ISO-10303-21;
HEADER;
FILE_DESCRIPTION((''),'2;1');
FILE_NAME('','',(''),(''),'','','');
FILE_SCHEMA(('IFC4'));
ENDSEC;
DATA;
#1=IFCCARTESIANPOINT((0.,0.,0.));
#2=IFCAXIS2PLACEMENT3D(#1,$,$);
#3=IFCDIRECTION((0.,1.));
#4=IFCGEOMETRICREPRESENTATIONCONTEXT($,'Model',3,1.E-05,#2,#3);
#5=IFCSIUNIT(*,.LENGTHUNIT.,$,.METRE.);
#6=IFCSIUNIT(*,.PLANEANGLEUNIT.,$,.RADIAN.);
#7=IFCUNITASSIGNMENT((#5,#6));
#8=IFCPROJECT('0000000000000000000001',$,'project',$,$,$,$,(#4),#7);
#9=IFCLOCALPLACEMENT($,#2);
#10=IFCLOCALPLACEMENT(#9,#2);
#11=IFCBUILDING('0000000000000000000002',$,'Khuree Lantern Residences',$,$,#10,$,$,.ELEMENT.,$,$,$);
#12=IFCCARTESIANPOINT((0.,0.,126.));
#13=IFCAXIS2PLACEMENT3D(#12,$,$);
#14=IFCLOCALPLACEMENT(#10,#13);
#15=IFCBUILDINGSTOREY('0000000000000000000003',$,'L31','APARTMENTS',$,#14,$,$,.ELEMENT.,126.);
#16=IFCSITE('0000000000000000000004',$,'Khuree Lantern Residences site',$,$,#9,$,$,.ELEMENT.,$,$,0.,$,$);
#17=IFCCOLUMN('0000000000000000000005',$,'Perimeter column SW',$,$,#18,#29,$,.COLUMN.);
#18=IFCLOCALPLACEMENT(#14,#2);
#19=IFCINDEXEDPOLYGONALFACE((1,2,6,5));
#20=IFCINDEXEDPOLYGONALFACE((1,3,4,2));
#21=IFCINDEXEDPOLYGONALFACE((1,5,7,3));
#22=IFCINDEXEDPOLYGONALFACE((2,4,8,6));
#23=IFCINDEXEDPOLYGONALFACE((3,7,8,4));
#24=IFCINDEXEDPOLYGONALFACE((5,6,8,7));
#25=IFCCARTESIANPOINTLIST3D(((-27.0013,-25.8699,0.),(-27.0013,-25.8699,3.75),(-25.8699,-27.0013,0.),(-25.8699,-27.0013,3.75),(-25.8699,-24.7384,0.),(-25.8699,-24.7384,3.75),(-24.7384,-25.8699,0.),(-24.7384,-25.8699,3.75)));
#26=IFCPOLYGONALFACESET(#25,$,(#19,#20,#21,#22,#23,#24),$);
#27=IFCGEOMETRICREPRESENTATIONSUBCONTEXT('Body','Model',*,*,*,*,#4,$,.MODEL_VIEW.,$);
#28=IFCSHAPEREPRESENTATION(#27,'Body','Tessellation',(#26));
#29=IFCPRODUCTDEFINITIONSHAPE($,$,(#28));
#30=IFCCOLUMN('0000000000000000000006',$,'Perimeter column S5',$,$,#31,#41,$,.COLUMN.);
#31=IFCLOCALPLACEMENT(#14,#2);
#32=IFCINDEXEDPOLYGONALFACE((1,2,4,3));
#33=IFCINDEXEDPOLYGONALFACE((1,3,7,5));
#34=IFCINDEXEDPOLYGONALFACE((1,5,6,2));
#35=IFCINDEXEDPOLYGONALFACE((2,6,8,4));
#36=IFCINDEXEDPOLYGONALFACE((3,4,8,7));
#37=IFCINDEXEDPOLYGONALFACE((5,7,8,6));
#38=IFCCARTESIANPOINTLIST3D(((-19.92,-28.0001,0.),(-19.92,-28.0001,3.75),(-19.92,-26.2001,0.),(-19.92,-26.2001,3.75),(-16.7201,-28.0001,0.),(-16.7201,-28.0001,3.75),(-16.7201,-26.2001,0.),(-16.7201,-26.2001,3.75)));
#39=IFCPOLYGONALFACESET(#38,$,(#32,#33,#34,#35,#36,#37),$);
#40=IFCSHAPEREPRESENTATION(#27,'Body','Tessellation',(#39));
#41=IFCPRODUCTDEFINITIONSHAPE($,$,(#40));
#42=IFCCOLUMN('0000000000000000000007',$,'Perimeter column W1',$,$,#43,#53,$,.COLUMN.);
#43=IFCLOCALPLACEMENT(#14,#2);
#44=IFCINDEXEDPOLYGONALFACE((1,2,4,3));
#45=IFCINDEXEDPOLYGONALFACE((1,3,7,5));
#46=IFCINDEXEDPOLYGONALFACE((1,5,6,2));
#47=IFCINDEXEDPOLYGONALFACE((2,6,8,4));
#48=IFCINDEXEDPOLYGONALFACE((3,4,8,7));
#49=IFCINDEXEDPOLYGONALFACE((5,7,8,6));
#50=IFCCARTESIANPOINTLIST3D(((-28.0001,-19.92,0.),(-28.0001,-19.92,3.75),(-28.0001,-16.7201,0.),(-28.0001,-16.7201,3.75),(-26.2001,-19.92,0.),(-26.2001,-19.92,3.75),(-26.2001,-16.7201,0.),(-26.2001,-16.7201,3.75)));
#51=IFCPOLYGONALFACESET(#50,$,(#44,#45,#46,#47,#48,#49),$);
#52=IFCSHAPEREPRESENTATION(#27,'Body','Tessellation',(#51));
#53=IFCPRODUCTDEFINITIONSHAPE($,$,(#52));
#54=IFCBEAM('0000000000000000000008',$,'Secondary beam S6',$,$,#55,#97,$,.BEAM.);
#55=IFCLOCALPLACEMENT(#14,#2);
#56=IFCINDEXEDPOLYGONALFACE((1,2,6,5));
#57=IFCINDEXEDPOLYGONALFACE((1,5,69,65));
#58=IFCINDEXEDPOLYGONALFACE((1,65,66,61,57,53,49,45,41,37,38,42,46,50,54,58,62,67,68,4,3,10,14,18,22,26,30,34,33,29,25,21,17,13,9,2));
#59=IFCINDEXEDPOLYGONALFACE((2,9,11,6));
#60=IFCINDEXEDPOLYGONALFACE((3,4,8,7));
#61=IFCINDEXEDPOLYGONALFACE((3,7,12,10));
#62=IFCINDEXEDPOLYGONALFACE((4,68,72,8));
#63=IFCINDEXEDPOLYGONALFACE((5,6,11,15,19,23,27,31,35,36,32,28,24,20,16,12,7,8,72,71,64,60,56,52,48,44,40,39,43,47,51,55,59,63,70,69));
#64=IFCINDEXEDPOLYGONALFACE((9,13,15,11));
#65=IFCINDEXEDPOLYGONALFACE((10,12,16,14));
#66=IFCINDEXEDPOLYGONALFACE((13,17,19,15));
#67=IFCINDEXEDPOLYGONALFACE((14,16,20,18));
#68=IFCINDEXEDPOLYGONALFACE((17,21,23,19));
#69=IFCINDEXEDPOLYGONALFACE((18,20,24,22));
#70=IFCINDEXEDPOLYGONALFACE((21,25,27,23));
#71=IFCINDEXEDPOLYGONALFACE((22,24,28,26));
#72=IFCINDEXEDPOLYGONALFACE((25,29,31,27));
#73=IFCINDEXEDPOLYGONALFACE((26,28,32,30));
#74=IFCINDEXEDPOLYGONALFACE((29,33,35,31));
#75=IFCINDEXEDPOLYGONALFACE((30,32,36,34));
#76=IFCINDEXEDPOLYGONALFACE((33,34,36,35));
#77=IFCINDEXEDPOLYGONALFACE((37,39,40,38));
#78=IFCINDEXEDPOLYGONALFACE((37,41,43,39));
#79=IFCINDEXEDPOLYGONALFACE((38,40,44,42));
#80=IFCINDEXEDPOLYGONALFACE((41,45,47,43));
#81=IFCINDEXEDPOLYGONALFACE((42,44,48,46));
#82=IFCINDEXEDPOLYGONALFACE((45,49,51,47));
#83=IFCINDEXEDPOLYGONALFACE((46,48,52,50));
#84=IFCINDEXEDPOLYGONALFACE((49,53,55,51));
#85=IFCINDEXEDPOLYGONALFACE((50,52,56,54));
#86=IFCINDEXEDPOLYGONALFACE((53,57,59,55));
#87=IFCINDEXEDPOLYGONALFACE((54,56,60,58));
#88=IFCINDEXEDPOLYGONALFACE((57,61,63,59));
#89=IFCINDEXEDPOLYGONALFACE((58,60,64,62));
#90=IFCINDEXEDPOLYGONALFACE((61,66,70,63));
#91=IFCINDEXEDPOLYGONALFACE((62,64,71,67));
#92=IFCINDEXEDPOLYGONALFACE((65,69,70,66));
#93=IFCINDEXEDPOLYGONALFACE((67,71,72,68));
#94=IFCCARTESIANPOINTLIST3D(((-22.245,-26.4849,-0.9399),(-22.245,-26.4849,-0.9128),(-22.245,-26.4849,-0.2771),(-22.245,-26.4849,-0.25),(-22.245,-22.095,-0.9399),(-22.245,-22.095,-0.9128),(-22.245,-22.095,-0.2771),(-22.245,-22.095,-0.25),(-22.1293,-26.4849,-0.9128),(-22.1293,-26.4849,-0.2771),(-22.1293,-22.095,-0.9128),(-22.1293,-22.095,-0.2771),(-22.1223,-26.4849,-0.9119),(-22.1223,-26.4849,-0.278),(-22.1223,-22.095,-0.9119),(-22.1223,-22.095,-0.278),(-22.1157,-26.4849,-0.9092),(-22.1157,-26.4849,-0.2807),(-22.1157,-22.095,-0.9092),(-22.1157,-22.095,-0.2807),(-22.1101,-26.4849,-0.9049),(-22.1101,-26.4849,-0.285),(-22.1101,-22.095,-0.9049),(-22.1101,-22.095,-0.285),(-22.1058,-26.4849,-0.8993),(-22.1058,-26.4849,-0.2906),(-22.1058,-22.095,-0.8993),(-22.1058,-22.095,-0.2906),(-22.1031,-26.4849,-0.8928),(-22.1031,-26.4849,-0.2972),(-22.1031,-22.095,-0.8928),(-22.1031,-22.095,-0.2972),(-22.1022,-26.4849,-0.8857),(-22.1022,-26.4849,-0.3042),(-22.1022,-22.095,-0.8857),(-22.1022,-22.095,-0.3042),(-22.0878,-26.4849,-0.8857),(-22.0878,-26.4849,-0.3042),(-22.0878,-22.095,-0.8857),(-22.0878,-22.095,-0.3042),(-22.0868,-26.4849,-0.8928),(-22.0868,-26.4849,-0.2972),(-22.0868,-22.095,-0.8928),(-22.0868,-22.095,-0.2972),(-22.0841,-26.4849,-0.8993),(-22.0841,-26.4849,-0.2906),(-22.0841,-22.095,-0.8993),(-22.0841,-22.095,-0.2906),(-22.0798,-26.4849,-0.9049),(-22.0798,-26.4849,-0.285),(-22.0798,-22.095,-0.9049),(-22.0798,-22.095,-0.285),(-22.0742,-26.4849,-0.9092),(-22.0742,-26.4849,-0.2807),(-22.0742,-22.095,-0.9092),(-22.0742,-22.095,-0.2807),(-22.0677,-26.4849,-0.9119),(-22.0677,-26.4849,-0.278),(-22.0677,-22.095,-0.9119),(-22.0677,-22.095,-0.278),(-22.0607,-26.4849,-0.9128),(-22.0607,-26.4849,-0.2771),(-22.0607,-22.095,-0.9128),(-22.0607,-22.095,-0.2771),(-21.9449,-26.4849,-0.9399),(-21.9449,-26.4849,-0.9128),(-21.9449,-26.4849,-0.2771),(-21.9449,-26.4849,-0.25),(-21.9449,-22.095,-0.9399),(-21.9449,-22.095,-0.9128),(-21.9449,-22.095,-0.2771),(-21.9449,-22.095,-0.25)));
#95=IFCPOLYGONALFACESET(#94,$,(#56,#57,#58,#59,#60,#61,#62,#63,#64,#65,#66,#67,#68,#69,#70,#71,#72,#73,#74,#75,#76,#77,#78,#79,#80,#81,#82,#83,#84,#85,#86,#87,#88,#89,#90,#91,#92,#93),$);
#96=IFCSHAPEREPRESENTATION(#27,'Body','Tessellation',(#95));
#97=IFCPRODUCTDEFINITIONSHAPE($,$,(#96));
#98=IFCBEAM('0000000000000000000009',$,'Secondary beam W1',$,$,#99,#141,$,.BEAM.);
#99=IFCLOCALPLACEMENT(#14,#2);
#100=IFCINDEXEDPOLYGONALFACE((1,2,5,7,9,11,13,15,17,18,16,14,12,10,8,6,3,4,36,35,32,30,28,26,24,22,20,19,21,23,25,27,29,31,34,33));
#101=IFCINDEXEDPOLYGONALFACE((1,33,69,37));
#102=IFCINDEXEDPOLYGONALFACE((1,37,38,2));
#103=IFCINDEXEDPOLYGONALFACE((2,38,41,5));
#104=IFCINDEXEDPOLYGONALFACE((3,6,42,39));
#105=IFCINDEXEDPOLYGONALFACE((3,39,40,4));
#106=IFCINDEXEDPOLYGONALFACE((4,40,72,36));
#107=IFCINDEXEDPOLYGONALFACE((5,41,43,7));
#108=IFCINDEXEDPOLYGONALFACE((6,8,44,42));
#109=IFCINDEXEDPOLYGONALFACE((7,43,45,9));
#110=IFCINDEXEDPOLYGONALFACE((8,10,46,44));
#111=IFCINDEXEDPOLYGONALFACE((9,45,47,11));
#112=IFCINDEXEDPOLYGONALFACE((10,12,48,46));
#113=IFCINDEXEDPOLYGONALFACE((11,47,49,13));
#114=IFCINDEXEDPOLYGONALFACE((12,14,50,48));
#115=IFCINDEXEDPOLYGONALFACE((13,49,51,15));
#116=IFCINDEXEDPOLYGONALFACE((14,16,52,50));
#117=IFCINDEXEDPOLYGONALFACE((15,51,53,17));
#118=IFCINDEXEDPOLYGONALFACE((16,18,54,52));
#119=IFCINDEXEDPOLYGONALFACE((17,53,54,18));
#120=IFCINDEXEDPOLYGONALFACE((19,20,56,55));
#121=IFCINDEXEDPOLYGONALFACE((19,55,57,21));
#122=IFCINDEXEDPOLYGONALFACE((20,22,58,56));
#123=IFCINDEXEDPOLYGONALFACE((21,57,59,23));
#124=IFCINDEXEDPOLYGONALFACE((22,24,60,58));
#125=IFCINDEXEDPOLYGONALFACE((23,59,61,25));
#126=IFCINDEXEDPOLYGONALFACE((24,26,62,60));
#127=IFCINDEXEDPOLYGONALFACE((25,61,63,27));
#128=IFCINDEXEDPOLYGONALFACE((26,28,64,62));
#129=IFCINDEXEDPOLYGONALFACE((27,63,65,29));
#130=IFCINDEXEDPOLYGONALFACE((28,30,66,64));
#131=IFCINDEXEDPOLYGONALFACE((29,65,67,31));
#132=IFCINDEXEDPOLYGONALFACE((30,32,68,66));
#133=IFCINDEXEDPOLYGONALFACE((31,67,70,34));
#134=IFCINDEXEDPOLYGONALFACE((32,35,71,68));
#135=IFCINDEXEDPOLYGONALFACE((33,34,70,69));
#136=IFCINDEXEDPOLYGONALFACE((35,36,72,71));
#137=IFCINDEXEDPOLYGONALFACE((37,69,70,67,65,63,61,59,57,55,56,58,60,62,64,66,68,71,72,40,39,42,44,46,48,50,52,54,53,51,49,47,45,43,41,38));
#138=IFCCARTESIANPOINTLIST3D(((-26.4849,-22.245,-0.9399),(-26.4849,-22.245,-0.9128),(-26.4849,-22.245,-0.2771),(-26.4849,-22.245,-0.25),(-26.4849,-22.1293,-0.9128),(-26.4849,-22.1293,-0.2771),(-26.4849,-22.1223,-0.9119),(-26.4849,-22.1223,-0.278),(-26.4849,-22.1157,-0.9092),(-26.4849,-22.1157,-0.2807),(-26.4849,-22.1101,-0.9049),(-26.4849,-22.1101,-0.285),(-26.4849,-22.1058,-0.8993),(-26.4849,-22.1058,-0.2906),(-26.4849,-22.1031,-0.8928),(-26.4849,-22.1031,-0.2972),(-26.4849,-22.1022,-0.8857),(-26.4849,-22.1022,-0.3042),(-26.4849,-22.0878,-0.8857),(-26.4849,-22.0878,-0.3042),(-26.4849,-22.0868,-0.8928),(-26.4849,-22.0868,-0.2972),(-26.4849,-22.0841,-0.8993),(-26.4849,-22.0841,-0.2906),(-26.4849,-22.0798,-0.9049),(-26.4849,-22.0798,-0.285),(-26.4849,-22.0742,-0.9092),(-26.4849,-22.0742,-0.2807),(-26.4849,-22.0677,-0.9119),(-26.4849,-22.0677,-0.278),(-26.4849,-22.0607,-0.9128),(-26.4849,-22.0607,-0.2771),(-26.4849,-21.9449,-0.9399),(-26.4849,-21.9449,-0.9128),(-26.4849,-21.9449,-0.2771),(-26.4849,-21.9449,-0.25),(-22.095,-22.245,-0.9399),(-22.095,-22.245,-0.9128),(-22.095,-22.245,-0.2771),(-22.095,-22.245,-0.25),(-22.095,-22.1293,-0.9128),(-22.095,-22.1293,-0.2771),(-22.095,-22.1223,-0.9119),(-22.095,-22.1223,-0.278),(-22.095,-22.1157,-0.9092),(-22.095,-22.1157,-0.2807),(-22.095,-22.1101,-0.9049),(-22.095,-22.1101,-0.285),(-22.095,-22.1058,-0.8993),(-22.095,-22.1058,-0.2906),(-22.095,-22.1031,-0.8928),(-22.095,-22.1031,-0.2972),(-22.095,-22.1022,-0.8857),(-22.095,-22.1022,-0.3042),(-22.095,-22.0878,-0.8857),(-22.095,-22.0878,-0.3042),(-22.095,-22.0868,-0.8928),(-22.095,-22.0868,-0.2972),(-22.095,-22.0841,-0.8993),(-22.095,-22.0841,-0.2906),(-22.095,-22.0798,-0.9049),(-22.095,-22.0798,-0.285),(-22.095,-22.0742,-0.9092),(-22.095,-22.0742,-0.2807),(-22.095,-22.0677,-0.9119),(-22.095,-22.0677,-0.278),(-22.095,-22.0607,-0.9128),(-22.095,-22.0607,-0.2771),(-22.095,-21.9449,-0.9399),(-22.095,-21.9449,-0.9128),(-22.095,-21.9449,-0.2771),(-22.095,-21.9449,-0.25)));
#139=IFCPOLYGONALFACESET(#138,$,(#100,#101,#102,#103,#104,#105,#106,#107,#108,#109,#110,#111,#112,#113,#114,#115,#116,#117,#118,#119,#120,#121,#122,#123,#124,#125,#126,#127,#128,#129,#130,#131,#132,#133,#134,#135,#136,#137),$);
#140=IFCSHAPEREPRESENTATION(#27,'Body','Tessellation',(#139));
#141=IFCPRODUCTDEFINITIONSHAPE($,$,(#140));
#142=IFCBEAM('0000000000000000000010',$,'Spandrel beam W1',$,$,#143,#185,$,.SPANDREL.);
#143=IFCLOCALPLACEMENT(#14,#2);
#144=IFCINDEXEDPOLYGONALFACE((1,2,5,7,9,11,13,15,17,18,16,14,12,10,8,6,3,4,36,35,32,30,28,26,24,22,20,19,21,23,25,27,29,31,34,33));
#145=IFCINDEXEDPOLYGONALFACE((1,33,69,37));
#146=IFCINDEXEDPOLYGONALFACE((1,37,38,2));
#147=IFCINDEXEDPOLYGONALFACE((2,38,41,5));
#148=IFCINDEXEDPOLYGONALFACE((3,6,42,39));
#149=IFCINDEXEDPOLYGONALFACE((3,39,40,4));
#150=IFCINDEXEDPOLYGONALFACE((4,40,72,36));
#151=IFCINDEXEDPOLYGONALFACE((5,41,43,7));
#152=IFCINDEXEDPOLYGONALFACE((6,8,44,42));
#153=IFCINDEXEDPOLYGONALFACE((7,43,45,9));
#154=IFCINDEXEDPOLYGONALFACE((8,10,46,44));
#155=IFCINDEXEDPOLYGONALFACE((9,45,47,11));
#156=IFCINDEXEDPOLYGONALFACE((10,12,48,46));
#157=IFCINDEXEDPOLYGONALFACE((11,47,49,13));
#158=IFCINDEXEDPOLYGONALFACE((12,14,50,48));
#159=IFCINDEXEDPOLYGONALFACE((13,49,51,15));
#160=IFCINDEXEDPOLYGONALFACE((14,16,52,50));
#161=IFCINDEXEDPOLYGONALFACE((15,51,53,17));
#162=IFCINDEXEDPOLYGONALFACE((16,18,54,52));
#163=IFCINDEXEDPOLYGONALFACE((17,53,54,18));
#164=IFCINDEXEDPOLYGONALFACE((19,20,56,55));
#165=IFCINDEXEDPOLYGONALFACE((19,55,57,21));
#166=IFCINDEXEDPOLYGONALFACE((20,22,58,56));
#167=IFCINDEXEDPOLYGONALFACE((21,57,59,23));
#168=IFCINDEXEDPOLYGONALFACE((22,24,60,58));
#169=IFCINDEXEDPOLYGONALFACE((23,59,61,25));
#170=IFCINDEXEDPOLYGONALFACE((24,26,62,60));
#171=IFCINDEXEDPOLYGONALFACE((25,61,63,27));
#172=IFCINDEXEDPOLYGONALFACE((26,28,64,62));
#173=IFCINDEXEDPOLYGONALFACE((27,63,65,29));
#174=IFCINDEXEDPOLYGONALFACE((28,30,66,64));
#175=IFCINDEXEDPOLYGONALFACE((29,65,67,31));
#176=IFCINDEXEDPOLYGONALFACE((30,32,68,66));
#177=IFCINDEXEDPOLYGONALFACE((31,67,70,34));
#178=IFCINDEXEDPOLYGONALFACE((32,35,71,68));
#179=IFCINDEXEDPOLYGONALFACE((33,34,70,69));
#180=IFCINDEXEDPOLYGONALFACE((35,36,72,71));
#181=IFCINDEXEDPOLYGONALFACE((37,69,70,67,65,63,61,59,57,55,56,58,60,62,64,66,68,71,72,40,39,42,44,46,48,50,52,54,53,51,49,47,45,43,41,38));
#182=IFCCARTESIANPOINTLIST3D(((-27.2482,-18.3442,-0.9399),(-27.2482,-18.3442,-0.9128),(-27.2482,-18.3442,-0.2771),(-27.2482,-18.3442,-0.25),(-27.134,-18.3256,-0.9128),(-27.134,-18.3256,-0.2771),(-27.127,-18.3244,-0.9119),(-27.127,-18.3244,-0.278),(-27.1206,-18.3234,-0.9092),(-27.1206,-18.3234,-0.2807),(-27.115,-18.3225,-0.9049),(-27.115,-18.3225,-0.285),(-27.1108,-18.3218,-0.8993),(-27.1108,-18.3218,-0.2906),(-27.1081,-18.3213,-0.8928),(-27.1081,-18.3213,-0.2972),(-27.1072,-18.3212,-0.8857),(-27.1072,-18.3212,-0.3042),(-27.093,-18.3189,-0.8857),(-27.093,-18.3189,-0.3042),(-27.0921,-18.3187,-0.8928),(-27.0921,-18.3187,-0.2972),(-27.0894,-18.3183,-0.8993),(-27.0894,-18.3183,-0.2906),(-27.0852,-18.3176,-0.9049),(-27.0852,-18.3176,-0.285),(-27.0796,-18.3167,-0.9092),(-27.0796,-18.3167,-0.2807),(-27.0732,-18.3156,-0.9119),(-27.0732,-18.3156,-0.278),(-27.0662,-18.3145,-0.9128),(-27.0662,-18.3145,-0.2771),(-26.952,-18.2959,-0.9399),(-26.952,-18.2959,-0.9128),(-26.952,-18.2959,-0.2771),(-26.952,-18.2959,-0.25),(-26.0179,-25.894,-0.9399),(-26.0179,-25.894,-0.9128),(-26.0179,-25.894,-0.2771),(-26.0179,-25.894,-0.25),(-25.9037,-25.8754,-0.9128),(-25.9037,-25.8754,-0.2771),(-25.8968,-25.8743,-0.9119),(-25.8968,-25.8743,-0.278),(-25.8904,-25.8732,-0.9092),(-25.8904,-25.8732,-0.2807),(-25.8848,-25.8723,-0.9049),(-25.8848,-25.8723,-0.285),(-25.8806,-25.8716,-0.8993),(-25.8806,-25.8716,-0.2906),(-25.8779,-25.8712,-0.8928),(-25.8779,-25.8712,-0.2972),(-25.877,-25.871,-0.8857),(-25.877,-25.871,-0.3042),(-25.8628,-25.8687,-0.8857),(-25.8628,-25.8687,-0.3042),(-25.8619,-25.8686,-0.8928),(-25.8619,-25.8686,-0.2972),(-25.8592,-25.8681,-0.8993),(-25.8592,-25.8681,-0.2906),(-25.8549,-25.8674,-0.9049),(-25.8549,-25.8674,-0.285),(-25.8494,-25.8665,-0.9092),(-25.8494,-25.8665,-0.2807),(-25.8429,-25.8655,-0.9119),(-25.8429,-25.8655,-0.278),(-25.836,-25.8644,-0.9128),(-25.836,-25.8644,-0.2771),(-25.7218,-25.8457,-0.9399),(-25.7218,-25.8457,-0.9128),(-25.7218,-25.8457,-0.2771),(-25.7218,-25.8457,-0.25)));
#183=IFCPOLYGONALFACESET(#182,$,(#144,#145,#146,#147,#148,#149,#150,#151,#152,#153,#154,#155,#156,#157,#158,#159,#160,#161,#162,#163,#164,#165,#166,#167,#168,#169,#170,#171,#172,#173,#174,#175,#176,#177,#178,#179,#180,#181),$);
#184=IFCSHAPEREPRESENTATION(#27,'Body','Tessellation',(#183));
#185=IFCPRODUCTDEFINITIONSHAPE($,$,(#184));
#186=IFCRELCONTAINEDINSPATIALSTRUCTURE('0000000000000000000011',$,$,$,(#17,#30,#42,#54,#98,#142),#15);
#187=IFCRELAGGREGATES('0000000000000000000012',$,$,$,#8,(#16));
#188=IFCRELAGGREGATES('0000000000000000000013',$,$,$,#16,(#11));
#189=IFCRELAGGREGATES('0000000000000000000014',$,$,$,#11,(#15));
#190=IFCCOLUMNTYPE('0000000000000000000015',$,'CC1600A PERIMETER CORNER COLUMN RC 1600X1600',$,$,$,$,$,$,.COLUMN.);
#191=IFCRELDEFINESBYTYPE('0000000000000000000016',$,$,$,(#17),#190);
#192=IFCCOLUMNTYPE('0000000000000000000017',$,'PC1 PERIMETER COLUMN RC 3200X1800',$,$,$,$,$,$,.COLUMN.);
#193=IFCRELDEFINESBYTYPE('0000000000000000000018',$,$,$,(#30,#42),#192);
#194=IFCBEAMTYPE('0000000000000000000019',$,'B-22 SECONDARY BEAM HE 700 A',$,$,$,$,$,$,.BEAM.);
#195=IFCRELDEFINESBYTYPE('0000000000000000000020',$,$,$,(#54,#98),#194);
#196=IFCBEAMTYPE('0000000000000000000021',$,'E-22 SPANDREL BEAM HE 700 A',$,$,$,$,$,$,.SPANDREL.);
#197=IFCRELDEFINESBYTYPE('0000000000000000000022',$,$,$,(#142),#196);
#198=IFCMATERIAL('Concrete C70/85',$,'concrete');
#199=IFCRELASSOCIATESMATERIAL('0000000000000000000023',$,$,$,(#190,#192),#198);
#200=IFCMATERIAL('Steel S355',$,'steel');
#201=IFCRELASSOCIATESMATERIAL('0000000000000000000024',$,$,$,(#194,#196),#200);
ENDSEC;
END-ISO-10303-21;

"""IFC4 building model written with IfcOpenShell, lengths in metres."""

from ifc_helpers import new_model, si_unit, direction, frame, origin, origin_2d, place, context, subcontext, project, spatial, rectangle, i_section, extrude, material, material_profile, profile_set, type_object, element, save


model = new_model("IFC4")

# Units and contexts
model_context = context("Model", 3, precision=1e-05, world=origin(), true_north=direction((0.0, 1.0)))
body_context = subcontext(model_context, "Body", "Model", "MODEL_VIEW")
ifc_project = project(units=[si_unit("LENGTHUNIT", "METRE"), si_unit("PLANEANGLEUNIT", "RADIAN")], contexts=[model_context])

# Site, building, storey
site_placement = place(None, origin())
site = spatial("IfcSite", under=ifc_project, at=site_placement, Name="Khuree Lantern Residences site", CompositionType="ELEMENT", RefElevation=0.0)
building_placement = place(site_placement, origin())
building = spatial("IfcBuilding", under=site, at=building_placement, Name="Khuree Lantern Residences", CompositionType="ELEMENT")
storey_placement = place(building_placement, frame((0.0, 0.0, 126.0)))
storey = spatial("IfcBuildingStorey", under=building, at=storey_placement, Name="L31", Description="APARTMENTS", CompositionType="ELEMENT", Elevation=126.0)

# Columns
ifc_material_1 = material(Name="Concrete C70/85", Category="concrete")
ifc_material_profile_1 = material_profile(ifc_material_1, rectangle(XDim=1.6001, YDim=1.6001, at=origin_2d()), Name="RC 1600X1600")
ifc_profile_set_1 = profile_set([ifc_material_profile_1], Name="Concrete C70/85")
column_type_1 = type_object("IfcColumnType", Name="CC1600A PERIMETER CORNER COLUMN RC 1600X1600", PredefinedType="COLUMN", material=ifc_profile_set_1)
column_placement = place(storey_placement, frame((-25.8699, -25.8699, 0.0), z_axis=(0.0, 0.0, 1.0), x_axis=(0.707107, -0.707107, 0.0)))
element("IfcColumn", 1, at=column_placement, inside=storey, type_object=column_type_1, Name="Perimeter column SW", PredefinedType="COLUMN", context=body_context, shape_type="SweptSolid", body=[
    extrude(rectangle(XDim=1.6001, YDim=1.6001, at=origin_2d()), origin(), (0.0, 0.0, 1.0), 3.75),
])
ifc_material_profile_2 = material_profile(ifc_material_1, rectangle(XDim=3.2, YDim=1.8, at=origin_2d()), Name="RC 3200X1800")
ifc_profile_set_2 = profile_set([ifc_material_profile_2], Name="Concrete C70/85")
column_type_2 = type_object("IfcColumnType", Name="PC1 PERIMETER COLUMN RC 3200X1800", PredefinedType="COLUMN", material=ifc_profile_set_2)
for number, where, z_axis, x_axis, name in (
    (2, (-18.3201, -27.1001, 0.0), (0.0, 0.0, 1.0), (1.0, 0.0, 0.0), "Perimeter column S5"),
    (3, (-27.1001, -18.3201, 0.0), (0.0, 0.0, 1.0), (0.0, 1.0, 0.0), "Perimeter column W1"),
):
    element("IfcColumn", number, at=place(storey_placement, frame(where, z_axis=z_axis, x_axis=x_axis)), inside=storey, type_object=column_type_2, Name=name, PredefinedType="COLUMN", context=body_context, shape_type="SweptSolid", body=[
        extrude(rectangle(XDim=3.2, YDim=1.8, at=origin_2d()), origin(), (0.0, 0.0, 1.0), 3.75),
    ])

# Beams
ifc_material_2 = material(Name="Steel S355", Category="steel")
ifc_material_profile_3 = material_profile(ifc_material_2, i_section(OverallWidth=0.3, OverallDepth=0.6899, WebThickness=0.0144, FlangeThickness=0.0271, FilletRadius=0.0271, at=origin_2d()), Name="HE 700 A")
ifc_profile_set_3 = profile_set([ifc_material_profile_3], Name="Steel S355")
beam_type_1 = type_object("IfcBeamType", Name="B-22 SECONDARY BEAM HE 700 A", PredefinedType="BEAM", material=ifc_profile_set_3)
for number, where, z_axis, x_axis, name in (
    (4, (-22.095, -26.4849, -0.595), (0.0, 1.0, 0.0), (-1.0, 0.0, 0.0), "Secondary beam S6"),
    (5, (-26.4849, -22.095, -0.595), (1.0, 0.0, 0.0), (0.0, 1.0, 0.0), "Secondary beam W1"),
):
    element("IfcBeam", number, at=place(storey_placement, frame(where, z_axis=z_axis, x_axis=x_axis)), inside=storey, type_object=beam_type_1, Name=name, PredefinedType="BEAM", context=body_context, shape_type="SweptSolid", body=[
        extrude(i_section(OverallWidth=0.3, OverallDepth=0.6899, WebThickness=0.0144, FlangeThickness=0.0271, FilletRadius=0.0271, at=origin_2d()), origin(), (0.0, 0.0, 1.0), 4.3899),
    ])
ifc_material_profile_4 = material_profile(ifc_material_2, i_section(OverallWidth=0.3, OverallDepth=0.6899, WebThickness=0.0144, FlangeThickness=0.0271, FilletRadius=0.0271, at=origin_2d()), Name="HE 700 A")
ifc_profile_set_4 = profile_set([ifc_material_profile_4], Name="Steel S355")
beam_type_2 = type_object("IfcBeamType", Name="E-22 SPANDREL BEAM HE 700 A", PredefinedType="SPANDREL", material=ifc_profile_set_4)
beam_1_placement = place(storey_placement, frame((-25.8699, -25.8699, -0.595), z_axis=(-0.160827, 0.986983, 0.0), x_axis=(-0.986983, -0.160827, 0.0)))
element("IfcBeam", 6, at=beam_1_placement, inside=storey, type_object=beam_type_2, Name="Spandrel beam W1", PredefinedType="SPANDREL", context=body_context, shape_type="SweptSolid", body=[
    extrude(i_section(OverallWidth=0.3, OverallDepth=0.6899, WebThickness=0.0144, FlangeThickness=0.0271, FilletRadius=0.0271, at=origin_2d()), origin(), (0.0, 0.0, 1.0), 7.6494),
])

save(model, "model.ifc")
